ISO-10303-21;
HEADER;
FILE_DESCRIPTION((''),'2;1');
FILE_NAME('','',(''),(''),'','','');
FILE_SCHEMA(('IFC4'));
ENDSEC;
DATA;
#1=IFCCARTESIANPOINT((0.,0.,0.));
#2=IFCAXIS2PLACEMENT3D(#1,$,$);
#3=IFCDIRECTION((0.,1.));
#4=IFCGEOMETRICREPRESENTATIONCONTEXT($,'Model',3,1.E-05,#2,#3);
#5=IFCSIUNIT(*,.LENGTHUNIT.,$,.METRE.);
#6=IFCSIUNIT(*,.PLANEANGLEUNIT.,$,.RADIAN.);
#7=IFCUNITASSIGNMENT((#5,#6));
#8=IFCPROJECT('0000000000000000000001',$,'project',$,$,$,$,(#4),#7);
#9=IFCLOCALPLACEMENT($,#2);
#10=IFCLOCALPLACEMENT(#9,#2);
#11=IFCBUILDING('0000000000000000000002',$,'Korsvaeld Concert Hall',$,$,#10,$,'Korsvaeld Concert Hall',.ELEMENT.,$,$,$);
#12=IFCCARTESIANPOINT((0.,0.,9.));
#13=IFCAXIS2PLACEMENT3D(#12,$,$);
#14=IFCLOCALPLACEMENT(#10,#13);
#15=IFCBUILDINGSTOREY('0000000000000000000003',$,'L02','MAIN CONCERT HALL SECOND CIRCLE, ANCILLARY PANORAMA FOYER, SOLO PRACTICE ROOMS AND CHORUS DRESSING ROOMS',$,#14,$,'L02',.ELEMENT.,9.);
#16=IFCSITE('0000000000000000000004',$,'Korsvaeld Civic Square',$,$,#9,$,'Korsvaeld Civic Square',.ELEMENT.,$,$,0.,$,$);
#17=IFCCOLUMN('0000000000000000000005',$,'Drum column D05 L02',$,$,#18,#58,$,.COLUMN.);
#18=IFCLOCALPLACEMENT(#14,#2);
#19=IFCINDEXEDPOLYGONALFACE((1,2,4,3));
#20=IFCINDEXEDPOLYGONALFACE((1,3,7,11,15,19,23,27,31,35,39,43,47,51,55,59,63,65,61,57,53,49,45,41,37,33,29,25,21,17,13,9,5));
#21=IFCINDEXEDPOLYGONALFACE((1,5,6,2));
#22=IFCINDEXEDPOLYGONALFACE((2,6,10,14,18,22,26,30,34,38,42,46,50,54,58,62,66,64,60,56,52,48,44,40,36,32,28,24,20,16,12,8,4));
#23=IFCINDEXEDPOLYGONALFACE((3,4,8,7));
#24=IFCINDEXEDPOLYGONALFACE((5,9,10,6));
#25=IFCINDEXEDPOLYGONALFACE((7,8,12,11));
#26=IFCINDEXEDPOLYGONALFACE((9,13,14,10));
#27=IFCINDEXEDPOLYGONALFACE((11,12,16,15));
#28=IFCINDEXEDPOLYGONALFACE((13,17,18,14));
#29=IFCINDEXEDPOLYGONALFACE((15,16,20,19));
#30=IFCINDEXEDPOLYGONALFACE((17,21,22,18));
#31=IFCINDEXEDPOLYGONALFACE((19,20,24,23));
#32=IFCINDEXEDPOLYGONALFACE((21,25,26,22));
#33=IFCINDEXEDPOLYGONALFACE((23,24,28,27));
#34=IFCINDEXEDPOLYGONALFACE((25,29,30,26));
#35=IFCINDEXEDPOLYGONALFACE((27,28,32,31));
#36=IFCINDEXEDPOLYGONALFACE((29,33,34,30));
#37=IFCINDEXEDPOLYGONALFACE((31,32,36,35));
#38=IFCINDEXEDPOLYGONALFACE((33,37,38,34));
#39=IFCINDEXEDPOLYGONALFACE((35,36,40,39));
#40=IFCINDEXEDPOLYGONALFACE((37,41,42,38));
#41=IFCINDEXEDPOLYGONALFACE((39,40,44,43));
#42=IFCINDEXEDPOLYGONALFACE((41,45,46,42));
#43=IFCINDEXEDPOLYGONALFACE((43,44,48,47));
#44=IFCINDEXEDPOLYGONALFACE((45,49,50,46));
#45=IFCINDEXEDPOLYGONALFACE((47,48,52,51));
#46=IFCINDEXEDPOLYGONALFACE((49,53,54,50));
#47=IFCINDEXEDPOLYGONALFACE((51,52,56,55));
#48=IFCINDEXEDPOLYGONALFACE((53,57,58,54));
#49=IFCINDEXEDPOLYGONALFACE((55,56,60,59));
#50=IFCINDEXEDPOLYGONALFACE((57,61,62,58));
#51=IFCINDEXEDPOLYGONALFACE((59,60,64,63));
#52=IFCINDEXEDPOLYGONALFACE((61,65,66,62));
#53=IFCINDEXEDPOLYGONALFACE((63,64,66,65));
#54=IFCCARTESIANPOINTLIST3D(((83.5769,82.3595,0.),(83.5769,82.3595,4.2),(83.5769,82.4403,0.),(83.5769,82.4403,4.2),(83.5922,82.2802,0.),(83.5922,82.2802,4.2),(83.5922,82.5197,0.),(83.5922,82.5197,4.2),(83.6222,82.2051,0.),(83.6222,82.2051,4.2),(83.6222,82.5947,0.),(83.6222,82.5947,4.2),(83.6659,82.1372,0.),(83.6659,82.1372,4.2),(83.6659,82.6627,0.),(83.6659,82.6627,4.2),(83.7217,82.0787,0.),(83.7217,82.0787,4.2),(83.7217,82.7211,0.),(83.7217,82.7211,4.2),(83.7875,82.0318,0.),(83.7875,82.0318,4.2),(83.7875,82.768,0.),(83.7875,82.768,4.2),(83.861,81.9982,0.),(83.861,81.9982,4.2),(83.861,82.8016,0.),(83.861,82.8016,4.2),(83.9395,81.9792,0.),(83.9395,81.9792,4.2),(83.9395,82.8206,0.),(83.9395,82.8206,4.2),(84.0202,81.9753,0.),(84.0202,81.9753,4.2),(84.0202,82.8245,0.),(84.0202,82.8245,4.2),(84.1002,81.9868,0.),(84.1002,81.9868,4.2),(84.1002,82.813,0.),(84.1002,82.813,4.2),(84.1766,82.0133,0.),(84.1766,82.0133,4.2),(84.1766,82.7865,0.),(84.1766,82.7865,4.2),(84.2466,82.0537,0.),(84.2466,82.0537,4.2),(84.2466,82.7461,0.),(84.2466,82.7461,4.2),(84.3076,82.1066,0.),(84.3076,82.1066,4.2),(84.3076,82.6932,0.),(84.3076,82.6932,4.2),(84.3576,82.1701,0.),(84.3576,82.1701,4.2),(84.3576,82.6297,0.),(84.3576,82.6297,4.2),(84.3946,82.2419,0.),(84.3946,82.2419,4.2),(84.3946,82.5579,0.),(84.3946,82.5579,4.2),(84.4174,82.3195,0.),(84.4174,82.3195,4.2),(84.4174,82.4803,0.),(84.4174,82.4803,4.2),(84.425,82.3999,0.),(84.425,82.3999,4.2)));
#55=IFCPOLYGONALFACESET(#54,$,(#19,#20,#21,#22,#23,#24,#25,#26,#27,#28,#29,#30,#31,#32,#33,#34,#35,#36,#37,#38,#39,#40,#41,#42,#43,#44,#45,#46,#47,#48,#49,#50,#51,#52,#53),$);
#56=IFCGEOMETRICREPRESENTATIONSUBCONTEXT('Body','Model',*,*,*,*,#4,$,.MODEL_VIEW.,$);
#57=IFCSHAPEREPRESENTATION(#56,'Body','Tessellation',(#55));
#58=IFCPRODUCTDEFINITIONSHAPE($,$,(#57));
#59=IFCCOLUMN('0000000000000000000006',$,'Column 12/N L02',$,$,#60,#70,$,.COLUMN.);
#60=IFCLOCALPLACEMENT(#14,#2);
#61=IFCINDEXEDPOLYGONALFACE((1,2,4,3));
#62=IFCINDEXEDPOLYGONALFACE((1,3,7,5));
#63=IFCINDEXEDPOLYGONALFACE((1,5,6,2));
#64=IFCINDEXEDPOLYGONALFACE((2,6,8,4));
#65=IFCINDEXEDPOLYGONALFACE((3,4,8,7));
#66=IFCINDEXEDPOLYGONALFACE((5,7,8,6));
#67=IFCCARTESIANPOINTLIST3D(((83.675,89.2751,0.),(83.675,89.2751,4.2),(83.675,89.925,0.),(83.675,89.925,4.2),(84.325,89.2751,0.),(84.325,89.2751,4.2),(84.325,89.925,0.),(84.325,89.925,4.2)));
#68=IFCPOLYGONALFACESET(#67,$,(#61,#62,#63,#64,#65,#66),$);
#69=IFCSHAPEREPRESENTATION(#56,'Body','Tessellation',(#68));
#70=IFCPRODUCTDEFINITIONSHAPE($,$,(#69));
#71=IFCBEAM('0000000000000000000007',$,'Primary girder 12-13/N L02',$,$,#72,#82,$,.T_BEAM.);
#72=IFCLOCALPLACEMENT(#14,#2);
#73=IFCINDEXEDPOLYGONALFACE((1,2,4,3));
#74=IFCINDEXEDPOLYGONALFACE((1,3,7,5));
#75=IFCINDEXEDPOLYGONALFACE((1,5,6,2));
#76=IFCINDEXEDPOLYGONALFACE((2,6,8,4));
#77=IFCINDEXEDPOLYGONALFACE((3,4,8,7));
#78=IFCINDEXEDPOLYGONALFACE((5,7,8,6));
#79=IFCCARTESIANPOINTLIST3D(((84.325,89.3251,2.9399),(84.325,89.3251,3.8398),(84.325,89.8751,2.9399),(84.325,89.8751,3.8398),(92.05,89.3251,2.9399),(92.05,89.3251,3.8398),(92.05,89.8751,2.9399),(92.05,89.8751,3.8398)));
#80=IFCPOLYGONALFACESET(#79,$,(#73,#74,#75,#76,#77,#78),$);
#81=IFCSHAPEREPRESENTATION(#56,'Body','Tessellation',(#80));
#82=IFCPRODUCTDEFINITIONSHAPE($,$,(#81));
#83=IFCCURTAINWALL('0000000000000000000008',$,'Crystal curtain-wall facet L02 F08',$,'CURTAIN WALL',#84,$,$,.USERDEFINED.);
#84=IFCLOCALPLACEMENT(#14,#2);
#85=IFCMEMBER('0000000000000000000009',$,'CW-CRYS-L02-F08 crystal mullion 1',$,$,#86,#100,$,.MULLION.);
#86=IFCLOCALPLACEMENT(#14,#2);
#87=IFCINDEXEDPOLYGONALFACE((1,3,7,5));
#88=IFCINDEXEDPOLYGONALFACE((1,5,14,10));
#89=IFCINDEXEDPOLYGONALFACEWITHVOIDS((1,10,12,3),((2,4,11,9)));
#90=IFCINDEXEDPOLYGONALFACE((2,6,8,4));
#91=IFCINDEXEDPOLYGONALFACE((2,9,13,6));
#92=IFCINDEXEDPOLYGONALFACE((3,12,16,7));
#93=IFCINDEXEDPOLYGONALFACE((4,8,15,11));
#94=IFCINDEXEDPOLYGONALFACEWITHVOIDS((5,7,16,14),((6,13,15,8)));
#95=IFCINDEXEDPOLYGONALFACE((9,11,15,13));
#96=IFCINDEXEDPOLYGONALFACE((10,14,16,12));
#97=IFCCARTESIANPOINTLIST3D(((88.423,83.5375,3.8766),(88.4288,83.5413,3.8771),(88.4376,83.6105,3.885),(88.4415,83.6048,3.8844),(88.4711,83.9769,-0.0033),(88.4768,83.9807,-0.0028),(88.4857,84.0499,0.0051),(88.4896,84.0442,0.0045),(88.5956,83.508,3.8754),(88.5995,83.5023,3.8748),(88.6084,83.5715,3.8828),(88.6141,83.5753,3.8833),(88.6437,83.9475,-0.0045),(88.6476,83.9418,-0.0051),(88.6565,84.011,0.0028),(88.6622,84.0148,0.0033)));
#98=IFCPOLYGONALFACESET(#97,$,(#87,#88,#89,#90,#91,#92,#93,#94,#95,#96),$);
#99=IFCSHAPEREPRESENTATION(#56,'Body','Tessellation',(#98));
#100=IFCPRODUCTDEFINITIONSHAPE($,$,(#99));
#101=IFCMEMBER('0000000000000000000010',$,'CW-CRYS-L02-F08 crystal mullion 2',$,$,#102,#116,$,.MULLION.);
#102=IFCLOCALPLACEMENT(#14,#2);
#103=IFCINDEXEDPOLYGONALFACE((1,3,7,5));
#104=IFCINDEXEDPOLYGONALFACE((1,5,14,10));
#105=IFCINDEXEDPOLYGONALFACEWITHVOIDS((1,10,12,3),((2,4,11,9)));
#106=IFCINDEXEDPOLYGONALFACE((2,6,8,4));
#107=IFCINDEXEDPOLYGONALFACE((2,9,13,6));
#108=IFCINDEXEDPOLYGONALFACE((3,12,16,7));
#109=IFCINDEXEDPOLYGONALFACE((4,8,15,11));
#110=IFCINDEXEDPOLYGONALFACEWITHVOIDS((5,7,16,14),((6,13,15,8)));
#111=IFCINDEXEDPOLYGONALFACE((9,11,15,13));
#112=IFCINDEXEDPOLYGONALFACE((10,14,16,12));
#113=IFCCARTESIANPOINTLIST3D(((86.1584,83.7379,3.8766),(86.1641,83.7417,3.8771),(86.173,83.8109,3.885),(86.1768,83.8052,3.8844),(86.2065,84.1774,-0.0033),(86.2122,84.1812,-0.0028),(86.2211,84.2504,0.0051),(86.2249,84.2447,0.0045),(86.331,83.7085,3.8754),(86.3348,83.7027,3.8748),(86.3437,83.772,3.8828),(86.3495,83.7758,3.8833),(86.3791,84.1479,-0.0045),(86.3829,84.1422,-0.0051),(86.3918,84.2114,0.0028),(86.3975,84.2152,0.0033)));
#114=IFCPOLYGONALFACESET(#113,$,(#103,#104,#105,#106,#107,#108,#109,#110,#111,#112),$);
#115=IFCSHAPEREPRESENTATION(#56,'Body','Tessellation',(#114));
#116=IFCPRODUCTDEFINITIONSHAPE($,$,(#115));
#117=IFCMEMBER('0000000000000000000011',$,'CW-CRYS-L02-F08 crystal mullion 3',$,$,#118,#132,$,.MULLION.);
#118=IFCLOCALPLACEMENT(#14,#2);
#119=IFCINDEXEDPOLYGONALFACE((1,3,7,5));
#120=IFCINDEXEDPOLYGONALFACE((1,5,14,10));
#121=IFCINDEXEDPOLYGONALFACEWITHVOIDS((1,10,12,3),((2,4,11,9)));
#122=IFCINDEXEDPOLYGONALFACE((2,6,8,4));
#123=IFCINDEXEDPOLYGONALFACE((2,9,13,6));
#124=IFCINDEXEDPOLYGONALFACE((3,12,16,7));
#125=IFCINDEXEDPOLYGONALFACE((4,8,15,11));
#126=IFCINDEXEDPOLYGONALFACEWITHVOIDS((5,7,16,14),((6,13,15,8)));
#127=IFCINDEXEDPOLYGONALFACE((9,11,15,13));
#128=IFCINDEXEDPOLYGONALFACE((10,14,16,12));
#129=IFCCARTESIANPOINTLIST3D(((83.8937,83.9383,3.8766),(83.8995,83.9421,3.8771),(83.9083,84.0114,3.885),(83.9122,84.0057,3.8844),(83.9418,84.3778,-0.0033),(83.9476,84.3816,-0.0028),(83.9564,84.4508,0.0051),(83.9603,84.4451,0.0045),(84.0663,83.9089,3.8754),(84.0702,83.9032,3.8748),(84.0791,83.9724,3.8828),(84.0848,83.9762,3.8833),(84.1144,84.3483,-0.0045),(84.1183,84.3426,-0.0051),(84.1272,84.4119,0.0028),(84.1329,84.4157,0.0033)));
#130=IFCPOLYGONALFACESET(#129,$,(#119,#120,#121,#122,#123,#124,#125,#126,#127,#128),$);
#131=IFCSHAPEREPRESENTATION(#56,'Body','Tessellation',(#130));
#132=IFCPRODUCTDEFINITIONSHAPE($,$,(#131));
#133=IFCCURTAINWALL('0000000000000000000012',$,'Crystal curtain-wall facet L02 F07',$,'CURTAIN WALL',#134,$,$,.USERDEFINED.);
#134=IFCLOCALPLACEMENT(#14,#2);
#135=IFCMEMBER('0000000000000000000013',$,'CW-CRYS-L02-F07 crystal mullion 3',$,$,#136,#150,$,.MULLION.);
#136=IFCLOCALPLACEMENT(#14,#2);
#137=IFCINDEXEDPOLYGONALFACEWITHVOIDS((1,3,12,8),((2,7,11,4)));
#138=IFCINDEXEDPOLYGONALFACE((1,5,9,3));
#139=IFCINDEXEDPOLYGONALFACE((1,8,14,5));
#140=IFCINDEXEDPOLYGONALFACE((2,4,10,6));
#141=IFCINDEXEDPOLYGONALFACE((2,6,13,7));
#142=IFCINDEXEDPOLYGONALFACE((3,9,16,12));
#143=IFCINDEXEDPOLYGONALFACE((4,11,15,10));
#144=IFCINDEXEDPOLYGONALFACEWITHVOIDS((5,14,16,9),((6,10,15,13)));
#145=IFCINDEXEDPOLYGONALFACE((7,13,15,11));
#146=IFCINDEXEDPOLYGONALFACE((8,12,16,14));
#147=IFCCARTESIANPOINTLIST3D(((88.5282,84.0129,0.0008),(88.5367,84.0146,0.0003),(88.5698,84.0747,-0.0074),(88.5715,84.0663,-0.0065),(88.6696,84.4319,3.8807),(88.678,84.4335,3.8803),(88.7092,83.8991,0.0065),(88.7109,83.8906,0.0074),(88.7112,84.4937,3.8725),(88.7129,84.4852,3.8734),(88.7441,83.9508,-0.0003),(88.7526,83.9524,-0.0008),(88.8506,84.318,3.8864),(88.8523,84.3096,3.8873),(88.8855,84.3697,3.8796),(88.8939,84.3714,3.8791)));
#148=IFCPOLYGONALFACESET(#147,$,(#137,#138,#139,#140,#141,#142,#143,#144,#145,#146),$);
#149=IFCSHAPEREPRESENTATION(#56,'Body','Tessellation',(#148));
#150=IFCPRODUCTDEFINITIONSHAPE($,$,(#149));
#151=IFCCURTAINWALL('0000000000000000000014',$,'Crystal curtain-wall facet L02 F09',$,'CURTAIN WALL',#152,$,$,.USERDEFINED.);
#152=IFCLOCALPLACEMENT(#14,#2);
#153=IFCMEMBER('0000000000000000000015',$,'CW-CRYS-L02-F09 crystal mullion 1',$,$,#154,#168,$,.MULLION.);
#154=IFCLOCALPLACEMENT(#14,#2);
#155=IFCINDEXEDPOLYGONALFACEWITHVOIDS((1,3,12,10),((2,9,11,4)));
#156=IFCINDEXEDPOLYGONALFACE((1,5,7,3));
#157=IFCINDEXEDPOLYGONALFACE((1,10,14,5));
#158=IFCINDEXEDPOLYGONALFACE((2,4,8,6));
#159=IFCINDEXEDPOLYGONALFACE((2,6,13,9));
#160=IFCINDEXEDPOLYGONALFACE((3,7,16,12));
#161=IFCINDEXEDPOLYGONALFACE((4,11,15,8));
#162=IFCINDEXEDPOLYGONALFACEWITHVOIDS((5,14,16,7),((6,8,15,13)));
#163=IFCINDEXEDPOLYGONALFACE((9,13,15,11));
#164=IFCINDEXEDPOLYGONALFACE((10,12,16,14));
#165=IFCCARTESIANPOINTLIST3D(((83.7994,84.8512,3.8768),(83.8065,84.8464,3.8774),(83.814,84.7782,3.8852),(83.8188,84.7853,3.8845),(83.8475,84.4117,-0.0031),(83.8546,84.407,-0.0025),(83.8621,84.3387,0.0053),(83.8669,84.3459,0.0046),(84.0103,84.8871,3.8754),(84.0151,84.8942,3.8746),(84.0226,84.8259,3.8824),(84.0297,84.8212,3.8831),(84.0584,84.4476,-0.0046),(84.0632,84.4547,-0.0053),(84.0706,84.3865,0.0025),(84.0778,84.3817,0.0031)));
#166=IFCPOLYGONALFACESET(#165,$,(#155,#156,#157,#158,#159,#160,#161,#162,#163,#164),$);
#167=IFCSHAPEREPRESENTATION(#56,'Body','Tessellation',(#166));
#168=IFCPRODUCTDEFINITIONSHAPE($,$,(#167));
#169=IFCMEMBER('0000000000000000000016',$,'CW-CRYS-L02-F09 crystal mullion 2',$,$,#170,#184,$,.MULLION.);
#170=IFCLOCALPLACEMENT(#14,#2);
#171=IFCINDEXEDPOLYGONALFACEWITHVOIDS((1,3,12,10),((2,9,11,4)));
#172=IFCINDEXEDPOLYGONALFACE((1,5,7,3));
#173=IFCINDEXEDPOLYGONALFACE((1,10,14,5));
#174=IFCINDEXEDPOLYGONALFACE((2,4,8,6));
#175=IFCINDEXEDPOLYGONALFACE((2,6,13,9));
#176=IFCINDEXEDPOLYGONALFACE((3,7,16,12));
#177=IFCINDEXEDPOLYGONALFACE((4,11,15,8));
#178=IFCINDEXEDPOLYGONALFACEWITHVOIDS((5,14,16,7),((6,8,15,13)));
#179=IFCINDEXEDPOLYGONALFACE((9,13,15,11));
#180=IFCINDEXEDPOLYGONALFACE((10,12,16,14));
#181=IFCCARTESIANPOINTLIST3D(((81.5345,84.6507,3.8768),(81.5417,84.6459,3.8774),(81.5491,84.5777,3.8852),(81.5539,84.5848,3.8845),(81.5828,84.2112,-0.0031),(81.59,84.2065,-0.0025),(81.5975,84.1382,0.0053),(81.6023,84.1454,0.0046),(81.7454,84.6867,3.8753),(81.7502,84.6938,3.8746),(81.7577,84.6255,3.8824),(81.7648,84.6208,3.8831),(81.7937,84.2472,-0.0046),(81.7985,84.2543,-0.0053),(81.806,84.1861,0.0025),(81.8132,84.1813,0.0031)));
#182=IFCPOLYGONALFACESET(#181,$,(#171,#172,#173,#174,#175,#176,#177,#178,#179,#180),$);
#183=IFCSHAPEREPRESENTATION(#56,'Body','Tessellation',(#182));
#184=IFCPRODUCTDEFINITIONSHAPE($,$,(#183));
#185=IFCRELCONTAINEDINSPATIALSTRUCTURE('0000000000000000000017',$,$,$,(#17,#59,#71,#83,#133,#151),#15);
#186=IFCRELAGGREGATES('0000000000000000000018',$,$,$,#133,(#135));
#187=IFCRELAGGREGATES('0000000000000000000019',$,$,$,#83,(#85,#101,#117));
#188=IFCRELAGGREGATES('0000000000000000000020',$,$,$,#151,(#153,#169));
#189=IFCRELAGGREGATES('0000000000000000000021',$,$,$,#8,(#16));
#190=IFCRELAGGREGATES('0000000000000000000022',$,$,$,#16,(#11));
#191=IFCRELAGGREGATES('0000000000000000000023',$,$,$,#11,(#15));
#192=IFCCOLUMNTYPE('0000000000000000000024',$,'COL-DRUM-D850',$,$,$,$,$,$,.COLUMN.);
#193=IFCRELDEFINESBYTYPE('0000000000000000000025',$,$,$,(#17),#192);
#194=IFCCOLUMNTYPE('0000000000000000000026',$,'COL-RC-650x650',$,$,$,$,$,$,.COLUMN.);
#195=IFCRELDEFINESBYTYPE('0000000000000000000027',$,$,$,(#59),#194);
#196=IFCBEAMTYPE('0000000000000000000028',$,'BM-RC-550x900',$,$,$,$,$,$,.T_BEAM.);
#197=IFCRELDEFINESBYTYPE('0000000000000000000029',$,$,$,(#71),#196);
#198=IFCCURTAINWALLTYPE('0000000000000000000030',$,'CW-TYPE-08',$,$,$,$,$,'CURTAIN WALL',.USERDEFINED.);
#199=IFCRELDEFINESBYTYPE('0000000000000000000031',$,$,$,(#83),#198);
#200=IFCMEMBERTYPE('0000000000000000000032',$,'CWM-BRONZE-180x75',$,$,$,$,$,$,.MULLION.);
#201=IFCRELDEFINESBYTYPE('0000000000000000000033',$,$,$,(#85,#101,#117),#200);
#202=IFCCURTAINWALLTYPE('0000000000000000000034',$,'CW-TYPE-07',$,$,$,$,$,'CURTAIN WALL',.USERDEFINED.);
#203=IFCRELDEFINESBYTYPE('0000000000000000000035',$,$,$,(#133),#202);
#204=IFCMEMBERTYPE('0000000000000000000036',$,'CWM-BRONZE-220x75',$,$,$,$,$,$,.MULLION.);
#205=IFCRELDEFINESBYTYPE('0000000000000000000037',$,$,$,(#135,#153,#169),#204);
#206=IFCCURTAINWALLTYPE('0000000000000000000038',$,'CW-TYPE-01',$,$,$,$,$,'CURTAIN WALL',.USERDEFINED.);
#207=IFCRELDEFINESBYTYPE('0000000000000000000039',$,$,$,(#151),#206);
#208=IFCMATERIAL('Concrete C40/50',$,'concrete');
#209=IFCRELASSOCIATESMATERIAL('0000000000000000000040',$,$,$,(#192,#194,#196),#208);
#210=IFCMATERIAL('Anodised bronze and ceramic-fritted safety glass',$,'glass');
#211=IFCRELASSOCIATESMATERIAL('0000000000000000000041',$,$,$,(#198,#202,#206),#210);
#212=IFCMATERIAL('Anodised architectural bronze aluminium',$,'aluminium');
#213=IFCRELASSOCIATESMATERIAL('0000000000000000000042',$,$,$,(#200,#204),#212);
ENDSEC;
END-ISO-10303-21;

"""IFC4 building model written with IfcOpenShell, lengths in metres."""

from ifc_helpers import new_model, si_unit, direction, frame, origin, origin_2d, place, context, subcontext, project, spatial, rectangle, hollow_rectangle, circle, extrude, material, material_profile, profile_set, type_object, element, aggregate, save


model = new_model("IFC4")

# Units and contexts
model_context = context("Model", 3, precision=1e-05, world=origin(), true_north=direction((0.0, 1.0)))
body_context = subcontext(model_context, "Body", "Model", "MODEL_VIEW")
ifc_project = project(units=[si_unit("LENGTHUNIT", "METRE"), si_unit("PLANEANGLEUNIT", "RADIAN")], contexts=[model_context])

# Site, building, storey
site_placement = place(None, origin())
site = spatial("IfcSite", under=ifc_project, at=site_placement, Name="Korsvaeld Civic Square", LongName="Korsvaeld Civic Square", CompositionType="ELEMENT", RefElevation=0.0)
building_placement = place(site_placement, origin())
building = spatial("IfcBuilding", under=site, at=building_placement, Name="Korsvaeld Concert Hall", LongName="Korsvaeld Concert Hall", CompositionType="ELEMENT")
storey_placement = place(building_placement, frame((0.0, 0.0, 9.0)))
storey = spatial("IfcBuildingStorey", under=building, at=storey_placement, Name="L02", Description="MAIN CONCERT HALL SECOND CIRCLE, ANCILLARY PANORAMA FOYER, SOLO PRACTICE ROOMS AND CHORUS DRESSING ROOMS", LongName="L02", CompositionType="ELEMENT", Elevation=9.0)

# Columns
ifc_material_1 = material(Name="Concrete C40/50", Category="concrete")
ifc_material_profile_1 = material_profile(ifc_material_1, circle(Radius=0.425, at=origin_2d()), Name="RC D850")
ifc_profile_set_1 = profile_set([ifc_material_profile_1], Name="Concrete C40/50")
column_type_1 = type_object("IfcColumnType", Name="COL-DRUM-D850", PredefinedType="COLUMN", material=ifc_profile_set_1)
column_1_placement = place(storey_placement, frame((84.0, 82.3999, 0.0), z_axis=(0.0, 0.0, 1.0), x_axis=(1.0, 0.0, 0.0)))
element("IfcColumn", 1, at=column_1_placement, inside=storey, type_object=column_type_1, Name="Drum column D05 L02", PredefinedType="COLUMN", context=body_context, shape_type="SweptSolid", body=[
    extrude(circle(Radius=0.425, at=origin_2d()), origin(), (0.0, 0.0, 1.0), 4.2),
])
ifc_material_profile_2 = material_profile(ifc_material_1, rectangle(XDim=0.6499, YDim=0.6499, at=origin_2d()), Name="RC 650x650")
ifc_profile_set_2 = profile_set([ifc_material_profile_2], Name="Concrete C40/50")
column_type_2 = type_object("IfcColumnType", Name="COL-RC-650x650", PredefinedType="COLUMN", material=ifc_profile_set_2)
column_2_placement = place(storey_placement, frame((84.0, 89.6001, 0.0), z_axis=(0.0, 0.0, 1.0), x_axis=(1.0, 0.0, 0.0)))
element("IfcColumn", 2, at=column_2_placement, inside=storey, type_object=column_type_2, Name="Column 12/N L02", PredefinedType="COLUMN", context=body_context, shape_type="SweptSolid", body=[
    extrude(rectangle(XDim=0.6499, YDim=0.6499, at=origin_2d()), origin(), (0.0, 0.0, 1.0), 4.2),
])

# Beam
ifc_material_profile_3 = material_profile(ifc_material_1, rectangle(XDim=0.55, YDim=0.8999, at=origin_2d()), Name="RC 550x900")
ifc_profile_set_3 = profile_set([ifc_material_profile_3], Name="Concrete C40/50")
beam_type = type_object("IfcBeamType", Name="BM-RC-550x900", PredefinedType="T_BEAM", material=ifc_profile_set_3)
beam_placement = place(storey_placement, frame((84.325, 89.6001, 3.3899), z_axis=(1.0, 0.0, 0.0), x_axis=(0.0, 1.0, 0.0)))
element("IfcBeam", 3, at=beam_placement, inside=storey, type_object=beam_type, Name="Primary girder 12-13/N L02", PredefinedType="T_BEAM", context=body_context, shape_type="SweptSolid", body=[
    extrude(rectangle(XDim=0.55, YDim=0.8999, at=origin_2d()), origin(), (0.0, 0.0, 1.0), 7.7251),
])

# Curtain wall, members
ifc_material_2 = material(Name="Anodised bronze and ceramic-fritted safety glass", Category="glass")
curtain_wall_type_1 = type_object("IfcCurtainWallType", Name="CW-TYPE-08", ElementType="CURTAIN WALL", PredefinedType="USERDEFINED", material=ifc_material_2)
curtain_wall_1_placement = place(storey_placement, origin())
curtain_wall_1 = element("IfcCurtainWall", 4, at=curtain_wall_1_placement, inside=storey, type_object=curtain_wall_type_1, Name="Crystal curtain-wall facet L02 F08", ObjectType="CURTAIN WALL", PredefinedType="USERDEFINED")
ifc_material_3 = material(Name="Anodised architectural bronze aluminium", Category="aluminium")
ifc_material_profile_4 = material_profile(ifc_material_3, hollow_rectangle(XDim=0.075, YDim=0.1799, WallThickness=0.0049, at=origin_2d()), Name="CWM 180x75x5")
ifc_profile_set_4 = profile_set([ifc_material_profile_4], Name="Anodised architectural bronze aluminium")
member_type_1 = type_object("IfcMemberType", Name="CWM-BRONZE-180x75", PredefinedType="MULLION", material=ifc_profile_set_4)
member_1_placement = place(storey_placement, frame((88.5667, 83.9958, 0.0), z_axis=(-0.012316, -0.112536, 0.993571), x_axis=(-0.195293, -0.97424, -0.112768)))
member_1 = element("IfcMember", 5, at=member_1_placement, type_object=member_type_1, Name="CW-CRYS-L02-F08 crystal mullion 1", PredefinedType="MULLION", context=body_context, shape_type="SweptSolid", body=[
    extrude(hollow_rectangle(XDim=0.075, YDim=0.1799, WallThickness=0.0049, at=origin_2d()), origin(), (0.0, 0.0, 1.0), 3.905),
])
member_2_placement = place(storey_placement, frame((86.302, 84.1963, 0.0), z_axis=(-0.012316, -0.112536, 0.993571), x_axis=(-0.195293, -0.97424, -0.112768)))
member_2 = element("IfcMember", 6, at=member_2_placement, type_object=member_type_1, Name="CW-CRYS-L02-F08 crystal mullion 2", PredefinedType="MULLION", context=body_context, shape_type="SweptSolid", body=[
    extrude(hollow_rectangle(XDim=0.075, YDim=0.1799, WallThickness=0.0049, at=origin_2d()), origin(), (0.0, 0.0, 1.0), 3.905),
])
member_3_placement = place(storey_placement, frame((84.0374, 84.3967, 0.0), z_axis=(-0.012316, -0.112536, 0.993571), x_axis=(-0.195293, -0.97424, -0.112768)))
member_3 = element("IfcMember", 7, at=member_3_placement, type_object=member_type_1, Name="CW-CRYS-L02-F08 crystal mullion 3", PredefinedType="MULLION", context=body_context, shape_type="SweptSolid", body=[
    extrude(hollow_rectangle(XDim=0.075, YDim=0.1799, WallThickness=0.0049, at=origin_2d()), origin(), (0.0, 0.0, 1.0), 3.905),
])

# Curtain wall, member
curtain_wall_type_2 = type_object("IfcCurtainWallType", Name="CW-TYPE-07", ElementType="CURTAIN WALL", PredefinedType="USERDEFINED", material=ifc_material_2)
curtain_wall_2_placement = place(storey_placement, origin())
curtain_wall_2 = element("IfcCurtainWall", 8, at=curtain_wall_2_placement, inside=storey, type_object=curtain_wall_type_2, Name="Crystal curtain-wall facet L02 F07", ObjectType="CURTAIN WALL", PredefinedType="USERDEFINED")
ifc_material_profile_5 = material_profile(ifc_material_3, hollow_rectangle(XDim=0.075, YDim=0.22, WallThickness=0.0061, at=origin_2d()), Name="CWM 220x75x6")
ifc_profile_set_5 = profile_set([ifc_material_profile_5], Name="Anodised architectural bronze aluminium")
member_type_2 = type_object("IfcMemberType", Name="CWM-BRONZE-220x75", PredefinedType="MULLION", material=ifc_profile_set_5)
member_4_placement = place(storey_placement, frame((88.6404, 83.9827, 0.0), z_axis=(0.036199, 0.107284, 0.993569), x_axis=(0.555586, 0.824251, -0.109244)))
member_4 = element("IfcMember", 9, at=member_4_placement, type_object=member_type_2, Name="CW-CRYS-L02-F07 crystal mullion 3", PredefinedType="MULLION", context=body_context, shape_type="SweptSolid", body=[
    extrude(hollow_rectangle(XDim=0.075, YDim=0.22, WallThickness=0.0061, at=origin_2d()), origin(), (0.0, 0.0, 1.0), 3.905),
])
aggregate(curtain_wall_2, [member_4])

# Curtain wall, members
curtain_wall_type_3 = type_object("IfcCurtainWallType", Name="CW-TYPE-01", ElementType="CURTAIN WALL", PredefinedType="USERDEFINED", material=ifc_material_2)
curtain_wall_3_placement = place(storey_placement, origin())
curtain_wall_3 = element("IfcCurtainWall", 10, at=curtain_wall_3_placement, inside=storey, type_object=curtain_wall_type_3, Name="Crystal curtain-wall facet L02 F09", ObjectType="CURTAIN WALL", PredefinedType="USERDEFINED")
member_5_placement = place(storey_placement, frame((83.9626, 84.3967, 0.0), z_axis=(-0.012316, 0.112536, 0.993571), x_axis=(-0.195293, 0.97424, -0.112768)))
member_5 = element("IfcMember", 11, at=member_5_placement, type_object=member_type_2, Name="CW-CRYS-L02-F09 crystal mullion 1", PredefinedType="MULLION", context=body_context, shape_type="SweptSolid", body=[
    extrude(hollow_rectangle(XDim=0.075, YDim=0.22, WallThickness=0.0061, at=origin_2d()), origin(), (0.0, 0.0, 1.0), 3.905),
])
member_6_placement = place(storey_placement, frame((81.698, 84.1963, 0.0), z_axis=(-0.012379, 0.112536, 0.993571), x_axis=(-0.195828, 0.974132, -0.112774)))
member_6 = element("IfcMember", 12, at=member_6_placement, type_object=member_type_2, Name="CW-CRYS-L02-F09 crystal mullion 2", PredefinedType="MULLION", context=body_context, shape_type="SweptSolid", body=[
    extrude(hollow_rectangle(XDim=0.075, YDim=0.22, WallThickness=0.0061, at=origin_2d()), origin(), (0.0, 0.0, 1.0), 3.905),
])

aggregate(curtain_wall_1, [member_1, member_2, member_3])
aggregate(curtain_wall_3, [member_5, member_6])

save(model, "model.ifc")
